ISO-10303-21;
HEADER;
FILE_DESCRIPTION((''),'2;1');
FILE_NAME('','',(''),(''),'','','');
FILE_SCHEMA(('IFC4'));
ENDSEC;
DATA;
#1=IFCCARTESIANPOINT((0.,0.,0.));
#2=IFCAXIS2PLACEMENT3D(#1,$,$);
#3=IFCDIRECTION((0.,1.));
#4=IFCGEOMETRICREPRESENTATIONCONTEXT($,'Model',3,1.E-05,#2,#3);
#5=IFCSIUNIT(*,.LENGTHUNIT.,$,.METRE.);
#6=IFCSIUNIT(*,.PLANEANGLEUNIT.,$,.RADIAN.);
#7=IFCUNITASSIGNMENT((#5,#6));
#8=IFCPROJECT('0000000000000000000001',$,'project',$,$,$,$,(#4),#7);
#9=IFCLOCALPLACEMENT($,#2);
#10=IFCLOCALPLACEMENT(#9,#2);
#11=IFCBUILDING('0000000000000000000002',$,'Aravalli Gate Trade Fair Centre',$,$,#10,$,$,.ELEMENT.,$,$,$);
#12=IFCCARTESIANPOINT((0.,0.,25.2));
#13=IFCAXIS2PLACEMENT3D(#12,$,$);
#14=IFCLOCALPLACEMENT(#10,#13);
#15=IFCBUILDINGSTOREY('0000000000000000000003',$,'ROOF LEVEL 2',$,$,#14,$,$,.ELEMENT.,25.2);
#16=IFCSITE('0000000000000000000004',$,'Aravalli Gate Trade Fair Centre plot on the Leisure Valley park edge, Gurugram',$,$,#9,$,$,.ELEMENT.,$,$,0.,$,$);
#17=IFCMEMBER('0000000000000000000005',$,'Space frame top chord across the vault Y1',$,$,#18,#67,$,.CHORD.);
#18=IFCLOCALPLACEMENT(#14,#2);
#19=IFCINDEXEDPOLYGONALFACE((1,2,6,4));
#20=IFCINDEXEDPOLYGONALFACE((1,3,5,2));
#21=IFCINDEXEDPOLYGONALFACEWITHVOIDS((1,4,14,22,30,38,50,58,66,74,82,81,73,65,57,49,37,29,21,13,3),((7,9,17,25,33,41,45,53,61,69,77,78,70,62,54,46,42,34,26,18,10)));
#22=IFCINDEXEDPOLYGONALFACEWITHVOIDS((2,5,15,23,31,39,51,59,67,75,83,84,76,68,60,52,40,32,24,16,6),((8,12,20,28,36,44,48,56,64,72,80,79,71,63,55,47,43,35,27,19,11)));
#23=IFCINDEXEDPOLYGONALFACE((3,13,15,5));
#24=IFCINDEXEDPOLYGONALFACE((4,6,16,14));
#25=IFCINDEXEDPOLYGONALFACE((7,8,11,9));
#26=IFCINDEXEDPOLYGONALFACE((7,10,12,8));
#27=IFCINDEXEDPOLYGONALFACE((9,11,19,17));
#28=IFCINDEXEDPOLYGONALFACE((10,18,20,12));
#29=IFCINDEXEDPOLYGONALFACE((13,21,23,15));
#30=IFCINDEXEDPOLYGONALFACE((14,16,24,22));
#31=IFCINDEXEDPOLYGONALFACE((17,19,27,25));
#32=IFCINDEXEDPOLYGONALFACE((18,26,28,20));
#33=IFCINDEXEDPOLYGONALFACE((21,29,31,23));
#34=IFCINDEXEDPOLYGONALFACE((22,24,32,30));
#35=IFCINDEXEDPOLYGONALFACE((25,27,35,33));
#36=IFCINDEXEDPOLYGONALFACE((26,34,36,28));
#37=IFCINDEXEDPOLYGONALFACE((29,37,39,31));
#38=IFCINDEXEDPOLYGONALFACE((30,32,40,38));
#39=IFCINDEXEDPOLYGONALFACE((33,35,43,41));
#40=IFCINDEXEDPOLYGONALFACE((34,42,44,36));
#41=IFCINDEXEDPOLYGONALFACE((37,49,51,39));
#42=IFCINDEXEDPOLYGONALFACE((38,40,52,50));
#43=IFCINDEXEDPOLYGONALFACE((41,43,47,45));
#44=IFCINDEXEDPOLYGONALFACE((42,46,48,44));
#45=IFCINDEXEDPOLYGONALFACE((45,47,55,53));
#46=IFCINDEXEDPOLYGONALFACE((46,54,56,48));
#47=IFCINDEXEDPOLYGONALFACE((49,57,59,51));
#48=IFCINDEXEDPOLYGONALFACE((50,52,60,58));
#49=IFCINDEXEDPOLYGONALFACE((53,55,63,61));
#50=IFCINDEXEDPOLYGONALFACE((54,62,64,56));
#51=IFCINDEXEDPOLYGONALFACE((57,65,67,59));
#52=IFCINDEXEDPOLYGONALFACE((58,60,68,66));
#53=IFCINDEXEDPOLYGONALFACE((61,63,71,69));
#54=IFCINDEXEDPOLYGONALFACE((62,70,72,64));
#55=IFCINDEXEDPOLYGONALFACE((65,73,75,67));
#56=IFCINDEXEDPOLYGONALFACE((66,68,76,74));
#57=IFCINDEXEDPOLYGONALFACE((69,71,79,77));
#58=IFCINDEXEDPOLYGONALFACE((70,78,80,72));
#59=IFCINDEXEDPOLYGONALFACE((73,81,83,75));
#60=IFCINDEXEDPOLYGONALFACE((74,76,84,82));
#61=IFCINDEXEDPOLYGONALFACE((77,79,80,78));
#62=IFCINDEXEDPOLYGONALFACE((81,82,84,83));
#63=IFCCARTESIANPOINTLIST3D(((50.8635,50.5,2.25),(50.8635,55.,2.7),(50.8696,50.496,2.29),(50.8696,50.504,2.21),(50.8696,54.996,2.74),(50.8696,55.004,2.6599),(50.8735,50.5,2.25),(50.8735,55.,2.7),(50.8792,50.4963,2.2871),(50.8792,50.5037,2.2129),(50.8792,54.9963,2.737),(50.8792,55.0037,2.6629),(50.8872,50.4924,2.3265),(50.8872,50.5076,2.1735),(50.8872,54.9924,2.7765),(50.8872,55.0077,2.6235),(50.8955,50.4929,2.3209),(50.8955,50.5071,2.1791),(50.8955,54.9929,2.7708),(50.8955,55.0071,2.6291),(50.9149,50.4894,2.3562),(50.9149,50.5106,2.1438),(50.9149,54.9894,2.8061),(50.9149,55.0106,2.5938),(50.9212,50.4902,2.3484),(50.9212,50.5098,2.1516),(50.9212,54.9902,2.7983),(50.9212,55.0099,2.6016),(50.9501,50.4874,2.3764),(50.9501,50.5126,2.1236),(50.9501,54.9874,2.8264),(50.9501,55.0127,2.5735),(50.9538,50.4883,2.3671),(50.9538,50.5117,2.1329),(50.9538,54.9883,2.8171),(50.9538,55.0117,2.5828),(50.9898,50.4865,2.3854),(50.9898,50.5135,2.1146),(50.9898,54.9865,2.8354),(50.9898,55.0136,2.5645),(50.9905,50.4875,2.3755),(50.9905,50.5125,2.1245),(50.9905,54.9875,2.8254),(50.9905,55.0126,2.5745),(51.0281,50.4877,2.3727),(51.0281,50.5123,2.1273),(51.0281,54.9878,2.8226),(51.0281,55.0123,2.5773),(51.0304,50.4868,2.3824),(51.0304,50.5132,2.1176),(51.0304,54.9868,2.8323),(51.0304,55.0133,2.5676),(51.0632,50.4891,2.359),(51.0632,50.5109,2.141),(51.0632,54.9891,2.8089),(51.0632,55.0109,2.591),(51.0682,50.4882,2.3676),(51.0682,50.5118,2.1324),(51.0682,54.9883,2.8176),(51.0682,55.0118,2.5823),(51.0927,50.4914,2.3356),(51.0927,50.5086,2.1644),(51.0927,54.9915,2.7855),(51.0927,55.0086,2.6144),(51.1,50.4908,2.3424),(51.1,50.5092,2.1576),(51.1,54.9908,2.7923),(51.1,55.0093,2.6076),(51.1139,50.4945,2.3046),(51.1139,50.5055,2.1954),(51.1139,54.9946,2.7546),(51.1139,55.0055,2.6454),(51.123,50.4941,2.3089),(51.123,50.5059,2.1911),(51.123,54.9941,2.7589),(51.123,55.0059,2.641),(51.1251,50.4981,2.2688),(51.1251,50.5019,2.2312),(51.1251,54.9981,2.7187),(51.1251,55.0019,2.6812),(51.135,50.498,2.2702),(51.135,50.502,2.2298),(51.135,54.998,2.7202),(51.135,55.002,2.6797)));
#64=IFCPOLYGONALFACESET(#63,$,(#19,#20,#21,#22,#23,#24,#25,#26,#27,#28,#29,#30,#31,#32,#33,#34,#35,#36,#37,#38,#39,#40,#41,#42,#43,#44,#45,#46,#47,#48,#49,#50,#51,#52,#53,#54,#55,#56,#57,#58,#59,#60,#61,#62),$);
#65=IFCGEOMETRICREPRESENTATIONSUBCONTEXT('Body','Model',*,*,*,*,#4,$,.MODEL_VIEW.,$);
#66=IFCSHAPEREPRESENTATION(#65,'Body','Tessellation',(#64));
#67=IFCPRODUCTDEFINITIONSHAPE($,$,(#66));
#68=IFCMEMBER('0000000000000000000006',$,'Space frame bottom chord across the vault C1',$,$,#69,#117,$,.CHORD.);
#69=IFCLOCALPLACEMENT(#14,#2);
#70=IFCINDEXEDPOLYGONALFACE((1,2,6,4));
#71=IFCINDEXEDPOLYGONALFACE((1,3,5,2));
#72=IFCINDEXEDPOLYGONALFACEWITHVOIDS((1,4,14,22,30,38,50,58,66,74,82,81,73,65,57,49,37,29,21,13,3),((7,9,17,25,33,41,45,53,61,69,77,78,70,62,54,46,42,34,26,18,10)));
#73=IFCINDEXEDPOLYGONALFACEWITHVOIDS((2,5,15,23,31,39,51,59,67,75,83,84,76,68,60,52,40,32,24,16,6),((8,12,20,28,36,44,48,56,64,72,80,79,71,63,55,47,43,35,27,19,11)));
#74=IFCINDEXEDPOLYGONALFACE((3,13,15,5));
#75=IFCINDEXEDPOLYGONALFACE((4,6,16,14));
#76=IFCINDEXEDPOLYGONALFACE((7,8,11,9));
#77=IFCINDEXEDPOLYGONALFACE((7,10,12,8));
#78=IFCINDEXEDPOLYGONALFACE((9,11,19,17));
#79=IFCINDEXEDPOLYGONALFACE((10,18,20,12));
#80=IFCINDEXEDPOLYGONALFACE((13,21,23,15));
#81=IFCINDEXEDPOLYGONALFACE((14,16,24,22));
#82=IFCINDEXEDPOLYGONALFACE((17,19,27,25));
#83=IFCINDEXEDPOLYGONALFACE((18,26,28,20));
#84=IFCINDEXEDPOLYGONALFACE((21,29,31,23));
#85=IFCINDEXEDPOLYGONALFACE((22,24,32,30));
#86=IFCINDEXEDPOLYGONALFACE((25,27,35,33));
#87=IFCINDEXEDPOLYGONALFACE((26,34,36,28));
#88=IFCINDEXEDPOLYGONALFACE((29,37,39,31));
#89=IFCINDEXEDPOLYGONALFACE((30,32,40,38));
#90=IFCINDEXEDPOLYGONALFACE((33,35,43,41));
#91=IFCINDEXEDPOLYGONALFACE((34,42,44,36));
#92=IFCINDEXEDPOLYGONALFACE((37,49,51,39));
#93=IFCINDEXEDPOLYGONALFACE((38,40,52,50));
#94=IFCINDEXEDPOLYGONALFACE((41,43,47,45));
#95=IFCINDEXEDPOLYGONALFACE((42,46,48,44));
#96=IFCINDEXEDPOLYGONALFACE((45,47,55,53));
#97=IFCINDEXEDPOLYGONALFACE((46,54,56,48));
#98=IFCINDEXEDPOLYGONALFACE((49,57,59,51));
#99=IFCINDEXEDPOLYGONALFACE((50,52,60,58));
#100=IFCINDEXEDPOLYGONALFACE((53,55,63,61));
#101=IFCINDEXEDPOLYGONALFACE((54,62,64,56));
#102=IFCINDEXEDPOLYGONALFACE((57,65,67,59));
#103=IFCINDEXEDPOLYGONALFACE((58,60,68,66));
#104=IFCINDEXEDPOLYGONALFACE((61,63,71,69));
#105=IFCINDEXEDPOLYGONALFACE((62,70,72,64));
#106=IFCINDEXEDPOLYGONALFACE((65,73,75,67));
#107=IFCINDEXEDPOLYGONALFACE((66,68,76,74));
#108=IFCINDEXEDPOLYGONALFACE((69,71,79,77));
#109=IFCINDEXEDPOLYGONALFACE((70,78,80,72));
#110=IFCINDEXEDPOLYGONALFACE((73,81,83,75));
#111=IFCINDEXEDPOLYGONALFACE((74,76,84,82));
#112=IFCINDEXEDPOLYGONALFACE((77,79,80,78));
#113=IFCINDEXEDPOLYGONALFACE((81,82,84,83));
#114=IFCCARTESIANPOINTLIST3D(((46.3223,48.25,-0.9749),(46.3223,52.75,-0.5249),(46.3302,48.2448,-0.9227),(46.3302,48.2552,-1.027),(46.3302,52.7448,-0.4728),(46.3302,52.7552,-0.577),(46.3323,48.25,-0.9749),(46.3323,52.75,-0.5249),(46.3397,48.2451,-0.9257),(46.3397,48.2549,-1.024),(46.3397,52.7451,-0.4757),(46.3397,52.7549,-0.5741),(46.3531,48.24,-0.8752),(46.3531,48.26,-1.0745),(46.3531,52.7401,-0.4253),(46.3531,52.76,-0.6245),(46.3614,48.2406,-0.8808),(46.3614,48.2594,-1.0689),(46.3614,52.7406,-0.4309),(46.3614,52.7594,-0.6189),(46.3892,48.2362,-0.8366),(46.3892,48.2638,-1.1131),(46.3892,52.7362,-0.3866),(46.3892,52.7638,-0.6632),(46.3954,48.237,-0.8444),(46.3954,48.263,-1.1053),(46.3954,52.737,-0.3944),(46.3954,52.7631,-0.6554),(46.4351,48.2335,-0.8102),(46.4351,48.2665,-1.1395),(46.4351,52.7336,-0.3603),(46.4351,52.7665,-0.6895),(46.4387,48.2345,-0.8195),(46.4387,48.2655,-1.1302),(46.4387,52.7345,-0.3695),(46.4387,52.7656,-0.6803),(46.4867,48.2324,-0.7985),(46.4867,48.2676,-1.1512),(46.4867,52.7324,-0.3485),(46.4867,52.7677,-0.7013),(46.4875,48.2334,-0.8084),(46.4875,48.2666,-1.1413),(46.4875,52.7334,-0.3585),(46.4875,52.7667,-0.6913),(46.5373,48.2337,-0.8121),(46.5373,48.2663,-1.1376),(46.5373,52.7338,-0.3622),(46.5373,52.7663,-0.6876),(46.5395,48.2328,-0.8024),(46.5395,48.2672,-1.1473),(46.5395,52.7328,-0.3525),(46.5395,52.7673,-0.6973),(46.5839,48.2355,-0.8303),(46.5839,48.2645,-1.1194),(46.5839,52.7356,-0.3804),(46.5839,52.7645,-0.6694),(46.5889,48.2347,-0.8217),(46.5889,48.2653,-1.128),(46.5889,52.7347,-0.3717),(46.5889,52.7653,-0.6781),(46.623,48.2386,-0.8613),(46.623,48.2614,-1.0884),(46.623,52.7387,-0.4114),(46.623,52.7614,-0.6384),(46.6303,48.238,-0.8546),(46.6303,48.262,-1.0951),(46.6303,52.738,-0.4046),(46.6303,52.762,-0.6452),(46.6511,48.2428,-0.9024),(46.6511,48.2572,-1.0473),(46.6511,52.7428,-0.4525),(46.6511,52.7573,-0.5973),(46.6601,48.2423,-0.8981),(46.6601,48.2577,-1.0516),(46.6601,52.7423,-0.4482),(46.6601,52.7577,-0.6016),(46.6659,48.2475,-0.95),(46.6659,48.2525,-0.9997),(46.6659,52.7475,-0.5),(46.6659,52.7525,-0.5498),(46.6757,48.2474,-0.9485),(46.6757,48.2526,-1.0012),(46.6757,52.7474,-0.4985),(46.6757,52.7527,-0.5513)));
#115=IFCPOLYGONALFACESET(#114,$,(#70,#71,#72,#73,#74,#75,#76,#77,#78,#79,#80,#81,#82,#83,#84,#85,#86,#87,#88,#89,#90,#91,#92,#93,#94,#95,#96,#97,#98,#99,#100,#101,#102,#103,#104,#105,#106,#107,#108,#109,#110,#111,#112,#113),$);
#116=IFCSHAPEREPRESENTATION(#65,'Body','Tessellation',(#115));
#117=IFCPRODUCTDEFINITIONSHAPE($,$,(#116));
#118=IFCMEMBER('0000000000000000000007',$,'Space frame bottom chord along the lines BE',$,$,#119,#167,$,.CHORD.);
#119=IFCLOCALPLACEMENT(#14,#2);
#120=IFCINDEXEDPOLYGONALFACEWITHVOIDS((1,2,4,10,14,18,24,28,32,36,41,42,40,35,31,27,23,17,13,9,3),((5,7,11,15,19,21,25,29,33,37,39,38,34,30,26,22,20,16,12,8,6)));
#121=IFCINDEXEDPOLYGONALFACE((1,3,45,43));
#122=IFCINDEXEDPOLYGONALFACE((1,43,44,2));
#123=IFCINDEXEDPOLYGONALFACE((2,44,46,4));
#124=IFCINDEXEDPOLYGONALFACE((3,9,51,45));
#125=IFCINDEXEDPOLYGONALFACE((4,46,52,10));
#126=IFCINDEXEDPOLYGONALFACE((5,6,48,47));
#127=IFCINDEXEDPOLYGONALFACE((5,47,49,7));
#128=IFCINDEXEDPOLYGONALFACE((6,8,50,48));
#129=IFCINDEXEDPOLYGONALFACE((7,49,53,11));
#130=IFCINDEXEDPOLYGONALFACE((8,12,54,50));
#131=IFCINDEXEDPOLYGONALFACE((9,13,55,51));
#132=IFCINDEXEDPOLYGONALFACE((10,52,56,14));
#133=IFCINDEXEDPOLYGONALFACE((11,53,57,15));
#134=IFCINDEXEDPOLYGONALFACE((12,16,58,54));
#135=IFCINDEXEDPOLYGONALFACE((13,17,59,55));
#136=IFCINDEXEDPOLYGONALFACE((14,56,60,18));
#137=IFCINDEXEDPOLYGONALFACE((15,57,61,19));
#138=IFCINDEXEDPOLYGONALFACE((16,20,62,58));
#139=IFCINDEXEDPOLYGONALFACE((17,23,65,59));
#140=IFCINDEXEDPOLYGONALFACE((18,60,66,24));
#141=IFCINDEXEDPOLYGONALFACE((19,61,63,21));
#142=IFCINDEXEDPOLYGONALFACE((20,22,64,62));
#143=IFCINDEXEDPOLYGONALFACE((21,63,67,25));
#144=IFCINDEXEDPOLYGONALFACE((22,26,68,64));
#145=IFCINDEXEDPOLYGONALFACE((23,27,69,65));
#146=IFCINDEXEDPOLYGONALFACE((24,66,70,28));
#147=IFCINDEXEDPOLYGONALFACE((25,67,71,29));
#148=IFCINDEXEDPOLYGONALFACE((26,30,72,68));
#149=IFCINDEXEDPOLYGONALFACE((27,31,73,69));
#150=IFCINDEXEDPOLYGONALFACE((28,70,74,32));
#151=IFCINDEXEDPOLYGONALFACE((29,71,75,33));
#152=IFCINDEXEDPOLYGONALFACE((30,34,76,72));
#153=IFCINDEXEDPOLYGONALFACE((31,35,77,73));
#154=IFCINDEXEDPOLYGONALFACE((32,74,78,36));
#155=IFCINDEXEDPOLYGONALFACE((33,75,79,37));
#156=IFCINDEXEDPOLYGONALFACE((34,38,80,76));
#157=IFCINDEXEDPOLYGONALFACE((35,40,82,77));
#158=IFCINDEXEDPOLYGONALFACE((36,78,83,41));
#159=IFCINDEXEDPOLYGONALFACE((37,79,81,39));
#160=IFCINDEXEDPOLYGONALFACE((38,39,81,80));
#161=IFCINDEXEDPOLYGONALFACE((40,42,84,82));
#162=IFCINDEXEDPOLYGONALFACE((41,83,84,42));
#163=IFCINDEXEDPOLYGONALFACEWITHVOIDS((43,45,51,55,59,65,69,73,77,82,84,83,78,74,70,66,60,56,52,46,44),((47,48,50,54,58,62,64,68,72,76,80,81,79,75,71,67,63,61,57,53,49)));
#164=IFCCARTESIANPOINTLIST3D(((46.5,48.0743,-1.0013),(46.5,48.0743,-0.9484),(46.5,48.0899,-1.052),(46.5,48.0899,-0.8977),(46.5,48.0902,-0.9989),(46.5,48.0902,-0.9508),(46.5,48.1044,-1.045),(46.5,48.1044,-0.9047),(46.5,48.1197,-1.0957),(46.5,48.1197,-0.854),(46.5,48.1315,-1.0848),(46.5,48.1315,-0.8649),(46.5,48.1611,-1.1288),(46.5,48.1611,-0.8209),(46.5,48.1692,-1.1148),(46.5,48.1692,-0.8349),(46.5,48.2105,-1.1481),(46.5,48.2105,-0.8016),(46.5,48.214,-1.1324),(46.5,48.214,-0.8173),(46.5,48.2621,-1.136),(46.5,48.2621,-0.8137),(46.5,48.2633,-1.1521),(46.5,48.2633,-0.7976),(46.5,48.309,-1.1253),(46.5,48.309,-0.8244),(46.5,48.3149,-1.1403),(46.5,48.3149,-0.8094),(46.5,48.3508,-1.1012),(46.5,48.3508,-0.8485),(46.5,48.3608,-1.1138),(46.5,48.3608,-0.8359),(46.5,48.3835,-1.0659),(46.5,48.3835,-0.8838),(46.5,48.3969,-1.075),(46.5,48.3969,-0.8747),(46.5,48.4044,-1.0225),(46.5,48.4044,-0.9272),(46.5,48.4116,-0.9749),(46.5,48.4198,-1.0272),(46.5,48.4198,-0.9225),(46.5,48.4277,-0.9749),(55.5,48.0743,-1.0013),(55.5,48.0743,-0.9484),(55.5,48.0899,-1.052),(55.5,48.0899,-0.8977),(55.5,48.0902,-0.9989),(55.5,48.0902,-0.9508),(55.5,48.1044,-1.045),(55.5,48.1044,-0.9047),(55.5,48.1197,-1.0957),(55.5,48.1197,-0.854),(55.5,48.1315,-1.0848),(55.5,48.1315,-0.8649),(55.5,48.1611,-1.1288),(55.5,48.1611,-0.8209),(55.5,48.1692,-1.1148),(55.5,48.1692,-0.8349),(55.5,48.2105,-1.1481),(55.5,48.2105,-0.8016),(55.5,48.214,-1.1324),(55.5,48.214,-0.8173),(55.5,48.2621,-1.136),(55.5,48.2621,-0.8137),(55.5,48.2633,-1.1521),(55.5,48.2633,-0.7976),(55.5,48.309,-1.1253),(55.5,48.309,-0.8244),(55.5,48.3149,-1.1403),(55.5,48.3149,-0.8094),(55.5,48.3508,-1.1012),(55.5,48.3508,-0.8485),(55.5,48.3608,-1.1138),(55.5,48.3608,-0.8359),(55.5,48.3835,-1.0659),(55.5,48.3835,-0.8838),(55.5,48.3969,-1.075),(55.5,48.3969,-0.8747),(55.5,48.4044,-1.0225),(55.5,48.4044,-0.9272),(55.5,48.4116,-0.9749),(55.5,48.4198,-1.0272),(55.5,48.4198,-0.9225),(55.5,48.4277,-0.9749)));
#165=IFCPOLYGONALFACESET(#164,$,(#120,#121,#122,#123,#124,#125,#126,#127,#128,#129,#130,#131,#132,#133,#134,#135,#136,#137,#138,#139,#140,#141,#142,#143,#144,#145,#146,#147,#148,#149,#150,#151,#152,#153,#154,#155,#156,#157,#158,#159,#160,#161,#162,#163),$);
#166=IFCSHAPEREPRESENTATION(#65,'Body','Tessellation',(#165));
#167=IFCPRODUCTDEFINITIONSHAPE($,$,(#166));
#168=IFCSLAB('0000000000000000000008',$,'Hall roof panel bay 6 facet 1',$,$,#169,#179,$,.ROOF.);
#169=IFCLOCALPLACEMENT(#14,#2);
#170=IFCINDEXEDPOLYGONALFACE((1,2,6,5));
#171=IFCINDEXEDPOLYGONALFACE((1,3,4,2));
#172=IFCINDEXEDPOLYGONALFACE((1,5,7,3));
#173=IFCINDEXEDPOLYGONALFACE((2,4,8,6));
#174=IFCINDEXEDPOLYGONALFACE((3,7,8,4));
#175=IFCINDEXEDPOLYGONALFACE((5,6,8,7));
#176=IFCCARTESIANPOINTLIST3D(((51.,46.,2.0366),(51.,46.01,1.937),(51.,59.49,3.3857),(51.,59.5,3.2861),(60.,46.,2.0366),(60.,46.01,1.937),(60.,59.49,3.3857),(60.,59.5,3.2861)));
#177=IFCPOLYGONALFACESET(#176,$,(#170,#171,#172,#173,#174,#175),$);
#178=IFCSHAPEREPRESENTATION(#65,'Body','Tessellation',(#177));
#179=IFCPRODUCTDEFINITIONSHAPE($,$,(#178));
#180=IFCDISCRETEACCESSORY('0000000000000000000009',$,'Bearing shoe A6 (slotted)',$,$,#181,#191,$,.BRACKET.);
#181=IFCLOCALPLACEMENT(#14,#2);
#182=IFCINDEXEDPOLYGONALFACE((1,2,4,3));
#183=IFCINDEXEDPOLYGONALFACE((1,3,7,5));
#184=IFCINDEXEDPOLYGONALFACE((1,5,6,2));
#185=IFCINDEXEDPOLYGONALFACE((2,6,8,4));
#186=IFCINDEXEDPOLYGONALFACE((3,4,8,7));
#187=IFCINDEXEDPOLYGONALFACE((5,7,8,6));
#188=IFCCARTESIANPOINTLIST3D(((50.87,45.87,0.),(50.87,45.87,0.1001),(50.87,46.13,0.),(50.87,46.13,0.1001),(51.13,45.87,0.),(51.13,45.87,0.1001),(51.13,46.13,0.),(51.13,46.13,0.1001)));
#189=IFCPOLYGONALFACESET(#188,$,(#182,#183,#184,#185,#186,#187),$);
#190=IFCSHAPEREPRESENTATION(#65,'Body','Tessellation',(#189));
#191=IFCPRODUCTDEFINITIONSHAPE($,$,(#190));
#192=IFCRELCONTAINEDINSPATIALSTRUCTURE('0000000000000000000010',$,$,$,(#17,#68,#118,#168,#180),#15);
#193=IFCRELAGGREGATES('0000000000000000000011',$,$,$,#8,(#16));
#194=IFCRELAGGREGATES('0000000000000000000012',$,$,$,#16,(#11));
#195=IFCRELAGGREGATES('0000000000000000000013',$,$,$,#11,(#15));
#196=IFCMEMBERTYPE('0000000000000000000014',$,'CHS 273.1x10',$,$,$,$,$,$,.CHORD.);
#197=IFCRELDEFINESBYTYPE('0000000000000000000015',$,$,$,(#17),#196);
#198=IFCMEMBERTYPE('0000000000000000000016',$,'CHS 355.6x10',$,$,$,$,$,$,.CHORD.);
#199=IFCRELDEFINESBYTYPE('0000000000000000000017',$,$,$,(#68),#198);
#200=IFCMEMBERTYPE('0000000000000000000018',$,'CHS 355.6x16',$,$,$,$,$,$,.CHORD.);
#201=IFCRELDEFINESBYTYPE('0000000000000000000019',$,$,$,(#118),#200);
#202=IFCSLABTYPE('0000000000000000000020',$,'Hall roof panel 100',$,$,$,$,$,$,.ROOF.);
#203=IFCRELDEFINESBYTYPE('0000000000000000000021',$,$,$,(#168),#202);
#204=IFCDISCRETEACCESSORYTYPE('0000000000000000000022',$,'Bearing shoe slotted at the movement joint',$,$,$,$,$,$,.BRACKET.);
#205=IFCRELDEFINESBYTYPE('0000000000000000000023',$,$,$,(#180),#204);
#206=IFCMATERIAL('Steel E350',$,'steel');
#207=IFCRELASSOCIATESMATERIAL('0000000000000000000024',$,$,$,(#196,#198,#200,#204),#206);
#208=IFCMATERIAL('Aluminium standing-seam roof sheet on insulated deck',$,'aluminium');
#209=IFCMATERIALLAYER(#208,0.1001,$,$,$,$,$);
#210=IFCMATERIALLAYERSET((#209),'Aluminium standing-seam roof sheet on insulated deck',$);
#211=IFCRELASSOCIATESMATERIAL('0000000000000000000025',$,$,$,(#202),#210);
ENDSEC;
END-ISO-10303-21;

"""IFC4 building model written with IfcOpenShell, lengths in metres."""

from ifc_helpers import new_model, si_unit, direction, frame, origin, origin_2d, place, context, subcontext, project, spatial, polyline, rectangle, hollow_circle, outline, extrude, material, layer, layer_set, material_profile, profile_set, type_object, element, save


model = new_model("IFC4")

# Units and contexts
model_context = context("Model", 3, precision=1e-05, world=origin(), true_north=direction((0.0, 1.0)))
body_context = subcontext(model_context, "Body", "Model", "MODEL_VIEW")
ifc_project = project(units=[si_unit("LENGTHUNIT", "METRE"), si_unit("PLANEANGLEUNIT", "RADIAN")], contexts=[model_context])

# Site, building, storey
site_placement = place(None, origin())
site = spatial("IfcSite", under=ifc_project, at=site_placement, Name="Aravalli Gate Trade Fair Centre plot on the Leisure Valley park edge, Gurugram", CompositionType="ELEMENT", RefElevation=0.0)
building_placement = place(site_placement, origin())
building = spatial("IfcBuilding", under=site, at=building_placement, Name="Aravalli Gate Trade Fair Centre", CompositionType="ELEMENT")
storey_placement = place(building_placement, frame((0.0, 0.0, 25.2)))
storey = spatial("IfcBuildingStorey", under=building, at=storey_placement, Name="ROOF LEVEL 2", CompositionType="ELEMENT", Elevation=25.2)

# Members
ifc_material_1 = material(Name="Steel E350", Category="steel")
ifc_material_profile_1 = material_profile(ifc_material_1, hollow_circle(Radius=0.1365, WallThickness=0.01, at=origin_2d()), Name="CHS 273.1x10")
ifc_profile_set_1 = profile_set([ifc_material_profile_1], Name="Steel E350")
member_type_1 = type_object("IfcMemberType", Name="CHS 273.1x10", PredefinedType="CHORD", material=ifc_profile_set_1)
member_1_placement = place(storey_placement, frame((51.0, 50.5, 2.25), z_axis=(0.0, 0.995038, 0.099493), x_axis=(-1.0, 0.0, 0.0)))
element("IfcMember", 1, at=member_1_placement, inside=storey, type_object=member_type_1, Name="Space frame top chord across the vault Y1", PredefinedType="CHORD", context=body_context, shape_type="SweptSolid", body=[
    extrude(hollow_circle(Radius=0.1365, WallThickness=0.01, at=origin_2d()), origin(), (0.0, 0.0, 1.0), 4.5225),
])
ifc_material_profile_2 = material_profile(ifc_material_1, hollow_circle(Radius=0.1777, WallThickness=0.01, at=origin_2d()), Name="CHS 355.6x10")
ifc_profile_set_2 = profile_set([ifc_material_profile_2], Name="Steel E350")
member_type_2 = type_object("IfcMemberType", Name="CHS 355.6x10", PredefinedType="CHORD", material=ifc_profile_set_2)
member_2_placement = place(storey_placement, frame((46.5, 48.25, -0.9749), z_axis=(0.0, 0.995038, 0.099493), x_axis=(-1.0, 0.0, 0.0)))
element("IfcMember", 2, at=member_2_placement, inside=storey, type_object=member_type_2, Name="Space frame bottom chord across the vault C1", PredefinedType="CHORD", context=body_context, shape_type="SweptSolid", body=[
    extrude(hollow_circle(Radius=0.1777, WallThickness=0.01, at=origin_2d()), origin(), (0.0, 0.0, 1.0), 4.5225),
])
ifc_material_profile_3 = material_profile(ifc_material_1, hollow_circle(Radius=0.1777, WallThickness=0.0161, at=origin_2d()), Name="CHS 355.6x16")
ifc_profile_set_3 = profile_set([ifc_material_profile_3], Name="Steel E350")
member_type_3 = type_object("IfcMemberType", Name="CHS 355.6x16", PredefinedType="CHORD", material=ifc_profile_set_3)
member_3_placement = place(storey_placement, frame((46.5, 48.25, -0.9749), z_axis=(1.0, 0.0, 0.0), x_axis=(0.0, 1.0, 0.0)))
element("IfcMember", 3, at=member_3_placement, inside=storey, type_object=member_type_3, Name="Space frame bottom chord along the lines BE", PredefinedType="CHORD", context=body_context, shape_type="SweptSolid", body=[
    extrude(hollow_circle(Radius=0.1777, WallThickness=0.0161, at=origin_2d()), origin(), (0.0, 0.0, 1.0), 9.0),
])

# Slab
ifc_material_2 = material(Name="Aluminium standing-seam roof sheet on insulated deck", Category="aluminium")
ifc_layer_1 = layer(ifc_material_2, 0.1001)
ifc_layer_set_1 = layer_set([ifc_layer_1], Name="Aluminium standing-seam roof sheet on insulated deck")
slab_type = type_object("IfcSlabType", Name="Hall roof panel 100", PredefinedType="ROOF", material=ifc_layer_set_1)
slab_placement = place(storey_placement, frame((51.0, 46.0, 2.0366), z_axis=(0.0, -0.099513, 0.995036), x_axis=(1.0, 0.0, 0.0)))
element("IfcSlab", 4, at=slab_placement, inside=storey, type_object=slab_type, Name="Hall roof panel bay 6 facet 1", PredefinedType="ROOF", context=body_context, shape_type="SweptSolid", body=[
    extrude(outline(polyline([(0.0, 0.0), (9.0, 0.0), (9.0, 13.5573), (0.0, 13.5573), (0.0, 0.0)])), origin(), (0.0, 0.0, -1.0), 0.1001),
])

# Discrete accessory
discrete_accessory_type_1 = type_object("IfcDiscreteAccessoryType", Name="Bearing shoe slotted at the movement joint", PredefinedType="BRACKET", material=ifc_material_1)
discrete_accessory_1_placement = place(storey_placement, frame((51.0, 46.0, 0.0), z_axis=(0.0, 0.0, 1.0), x_axis=(1.0, 0.0, 0.0)))
element("IfcDiscreteAccessory", 5, at=discrete_accessory_1_placement, inside=storey, type_object=discrete_accessory_type_1, Name="Bearing shoe A6 (slotted)", PredefinedType="BRACKET", context=body_context, shape_type="SweptSolid", body=[
    extrude(rectangle(XDim=0.26, YDim=0.26, at=origin_2d()), origin(), (0.0, 0.0, 1.0), 0.1001),
])

save(model, "model.ifc")
